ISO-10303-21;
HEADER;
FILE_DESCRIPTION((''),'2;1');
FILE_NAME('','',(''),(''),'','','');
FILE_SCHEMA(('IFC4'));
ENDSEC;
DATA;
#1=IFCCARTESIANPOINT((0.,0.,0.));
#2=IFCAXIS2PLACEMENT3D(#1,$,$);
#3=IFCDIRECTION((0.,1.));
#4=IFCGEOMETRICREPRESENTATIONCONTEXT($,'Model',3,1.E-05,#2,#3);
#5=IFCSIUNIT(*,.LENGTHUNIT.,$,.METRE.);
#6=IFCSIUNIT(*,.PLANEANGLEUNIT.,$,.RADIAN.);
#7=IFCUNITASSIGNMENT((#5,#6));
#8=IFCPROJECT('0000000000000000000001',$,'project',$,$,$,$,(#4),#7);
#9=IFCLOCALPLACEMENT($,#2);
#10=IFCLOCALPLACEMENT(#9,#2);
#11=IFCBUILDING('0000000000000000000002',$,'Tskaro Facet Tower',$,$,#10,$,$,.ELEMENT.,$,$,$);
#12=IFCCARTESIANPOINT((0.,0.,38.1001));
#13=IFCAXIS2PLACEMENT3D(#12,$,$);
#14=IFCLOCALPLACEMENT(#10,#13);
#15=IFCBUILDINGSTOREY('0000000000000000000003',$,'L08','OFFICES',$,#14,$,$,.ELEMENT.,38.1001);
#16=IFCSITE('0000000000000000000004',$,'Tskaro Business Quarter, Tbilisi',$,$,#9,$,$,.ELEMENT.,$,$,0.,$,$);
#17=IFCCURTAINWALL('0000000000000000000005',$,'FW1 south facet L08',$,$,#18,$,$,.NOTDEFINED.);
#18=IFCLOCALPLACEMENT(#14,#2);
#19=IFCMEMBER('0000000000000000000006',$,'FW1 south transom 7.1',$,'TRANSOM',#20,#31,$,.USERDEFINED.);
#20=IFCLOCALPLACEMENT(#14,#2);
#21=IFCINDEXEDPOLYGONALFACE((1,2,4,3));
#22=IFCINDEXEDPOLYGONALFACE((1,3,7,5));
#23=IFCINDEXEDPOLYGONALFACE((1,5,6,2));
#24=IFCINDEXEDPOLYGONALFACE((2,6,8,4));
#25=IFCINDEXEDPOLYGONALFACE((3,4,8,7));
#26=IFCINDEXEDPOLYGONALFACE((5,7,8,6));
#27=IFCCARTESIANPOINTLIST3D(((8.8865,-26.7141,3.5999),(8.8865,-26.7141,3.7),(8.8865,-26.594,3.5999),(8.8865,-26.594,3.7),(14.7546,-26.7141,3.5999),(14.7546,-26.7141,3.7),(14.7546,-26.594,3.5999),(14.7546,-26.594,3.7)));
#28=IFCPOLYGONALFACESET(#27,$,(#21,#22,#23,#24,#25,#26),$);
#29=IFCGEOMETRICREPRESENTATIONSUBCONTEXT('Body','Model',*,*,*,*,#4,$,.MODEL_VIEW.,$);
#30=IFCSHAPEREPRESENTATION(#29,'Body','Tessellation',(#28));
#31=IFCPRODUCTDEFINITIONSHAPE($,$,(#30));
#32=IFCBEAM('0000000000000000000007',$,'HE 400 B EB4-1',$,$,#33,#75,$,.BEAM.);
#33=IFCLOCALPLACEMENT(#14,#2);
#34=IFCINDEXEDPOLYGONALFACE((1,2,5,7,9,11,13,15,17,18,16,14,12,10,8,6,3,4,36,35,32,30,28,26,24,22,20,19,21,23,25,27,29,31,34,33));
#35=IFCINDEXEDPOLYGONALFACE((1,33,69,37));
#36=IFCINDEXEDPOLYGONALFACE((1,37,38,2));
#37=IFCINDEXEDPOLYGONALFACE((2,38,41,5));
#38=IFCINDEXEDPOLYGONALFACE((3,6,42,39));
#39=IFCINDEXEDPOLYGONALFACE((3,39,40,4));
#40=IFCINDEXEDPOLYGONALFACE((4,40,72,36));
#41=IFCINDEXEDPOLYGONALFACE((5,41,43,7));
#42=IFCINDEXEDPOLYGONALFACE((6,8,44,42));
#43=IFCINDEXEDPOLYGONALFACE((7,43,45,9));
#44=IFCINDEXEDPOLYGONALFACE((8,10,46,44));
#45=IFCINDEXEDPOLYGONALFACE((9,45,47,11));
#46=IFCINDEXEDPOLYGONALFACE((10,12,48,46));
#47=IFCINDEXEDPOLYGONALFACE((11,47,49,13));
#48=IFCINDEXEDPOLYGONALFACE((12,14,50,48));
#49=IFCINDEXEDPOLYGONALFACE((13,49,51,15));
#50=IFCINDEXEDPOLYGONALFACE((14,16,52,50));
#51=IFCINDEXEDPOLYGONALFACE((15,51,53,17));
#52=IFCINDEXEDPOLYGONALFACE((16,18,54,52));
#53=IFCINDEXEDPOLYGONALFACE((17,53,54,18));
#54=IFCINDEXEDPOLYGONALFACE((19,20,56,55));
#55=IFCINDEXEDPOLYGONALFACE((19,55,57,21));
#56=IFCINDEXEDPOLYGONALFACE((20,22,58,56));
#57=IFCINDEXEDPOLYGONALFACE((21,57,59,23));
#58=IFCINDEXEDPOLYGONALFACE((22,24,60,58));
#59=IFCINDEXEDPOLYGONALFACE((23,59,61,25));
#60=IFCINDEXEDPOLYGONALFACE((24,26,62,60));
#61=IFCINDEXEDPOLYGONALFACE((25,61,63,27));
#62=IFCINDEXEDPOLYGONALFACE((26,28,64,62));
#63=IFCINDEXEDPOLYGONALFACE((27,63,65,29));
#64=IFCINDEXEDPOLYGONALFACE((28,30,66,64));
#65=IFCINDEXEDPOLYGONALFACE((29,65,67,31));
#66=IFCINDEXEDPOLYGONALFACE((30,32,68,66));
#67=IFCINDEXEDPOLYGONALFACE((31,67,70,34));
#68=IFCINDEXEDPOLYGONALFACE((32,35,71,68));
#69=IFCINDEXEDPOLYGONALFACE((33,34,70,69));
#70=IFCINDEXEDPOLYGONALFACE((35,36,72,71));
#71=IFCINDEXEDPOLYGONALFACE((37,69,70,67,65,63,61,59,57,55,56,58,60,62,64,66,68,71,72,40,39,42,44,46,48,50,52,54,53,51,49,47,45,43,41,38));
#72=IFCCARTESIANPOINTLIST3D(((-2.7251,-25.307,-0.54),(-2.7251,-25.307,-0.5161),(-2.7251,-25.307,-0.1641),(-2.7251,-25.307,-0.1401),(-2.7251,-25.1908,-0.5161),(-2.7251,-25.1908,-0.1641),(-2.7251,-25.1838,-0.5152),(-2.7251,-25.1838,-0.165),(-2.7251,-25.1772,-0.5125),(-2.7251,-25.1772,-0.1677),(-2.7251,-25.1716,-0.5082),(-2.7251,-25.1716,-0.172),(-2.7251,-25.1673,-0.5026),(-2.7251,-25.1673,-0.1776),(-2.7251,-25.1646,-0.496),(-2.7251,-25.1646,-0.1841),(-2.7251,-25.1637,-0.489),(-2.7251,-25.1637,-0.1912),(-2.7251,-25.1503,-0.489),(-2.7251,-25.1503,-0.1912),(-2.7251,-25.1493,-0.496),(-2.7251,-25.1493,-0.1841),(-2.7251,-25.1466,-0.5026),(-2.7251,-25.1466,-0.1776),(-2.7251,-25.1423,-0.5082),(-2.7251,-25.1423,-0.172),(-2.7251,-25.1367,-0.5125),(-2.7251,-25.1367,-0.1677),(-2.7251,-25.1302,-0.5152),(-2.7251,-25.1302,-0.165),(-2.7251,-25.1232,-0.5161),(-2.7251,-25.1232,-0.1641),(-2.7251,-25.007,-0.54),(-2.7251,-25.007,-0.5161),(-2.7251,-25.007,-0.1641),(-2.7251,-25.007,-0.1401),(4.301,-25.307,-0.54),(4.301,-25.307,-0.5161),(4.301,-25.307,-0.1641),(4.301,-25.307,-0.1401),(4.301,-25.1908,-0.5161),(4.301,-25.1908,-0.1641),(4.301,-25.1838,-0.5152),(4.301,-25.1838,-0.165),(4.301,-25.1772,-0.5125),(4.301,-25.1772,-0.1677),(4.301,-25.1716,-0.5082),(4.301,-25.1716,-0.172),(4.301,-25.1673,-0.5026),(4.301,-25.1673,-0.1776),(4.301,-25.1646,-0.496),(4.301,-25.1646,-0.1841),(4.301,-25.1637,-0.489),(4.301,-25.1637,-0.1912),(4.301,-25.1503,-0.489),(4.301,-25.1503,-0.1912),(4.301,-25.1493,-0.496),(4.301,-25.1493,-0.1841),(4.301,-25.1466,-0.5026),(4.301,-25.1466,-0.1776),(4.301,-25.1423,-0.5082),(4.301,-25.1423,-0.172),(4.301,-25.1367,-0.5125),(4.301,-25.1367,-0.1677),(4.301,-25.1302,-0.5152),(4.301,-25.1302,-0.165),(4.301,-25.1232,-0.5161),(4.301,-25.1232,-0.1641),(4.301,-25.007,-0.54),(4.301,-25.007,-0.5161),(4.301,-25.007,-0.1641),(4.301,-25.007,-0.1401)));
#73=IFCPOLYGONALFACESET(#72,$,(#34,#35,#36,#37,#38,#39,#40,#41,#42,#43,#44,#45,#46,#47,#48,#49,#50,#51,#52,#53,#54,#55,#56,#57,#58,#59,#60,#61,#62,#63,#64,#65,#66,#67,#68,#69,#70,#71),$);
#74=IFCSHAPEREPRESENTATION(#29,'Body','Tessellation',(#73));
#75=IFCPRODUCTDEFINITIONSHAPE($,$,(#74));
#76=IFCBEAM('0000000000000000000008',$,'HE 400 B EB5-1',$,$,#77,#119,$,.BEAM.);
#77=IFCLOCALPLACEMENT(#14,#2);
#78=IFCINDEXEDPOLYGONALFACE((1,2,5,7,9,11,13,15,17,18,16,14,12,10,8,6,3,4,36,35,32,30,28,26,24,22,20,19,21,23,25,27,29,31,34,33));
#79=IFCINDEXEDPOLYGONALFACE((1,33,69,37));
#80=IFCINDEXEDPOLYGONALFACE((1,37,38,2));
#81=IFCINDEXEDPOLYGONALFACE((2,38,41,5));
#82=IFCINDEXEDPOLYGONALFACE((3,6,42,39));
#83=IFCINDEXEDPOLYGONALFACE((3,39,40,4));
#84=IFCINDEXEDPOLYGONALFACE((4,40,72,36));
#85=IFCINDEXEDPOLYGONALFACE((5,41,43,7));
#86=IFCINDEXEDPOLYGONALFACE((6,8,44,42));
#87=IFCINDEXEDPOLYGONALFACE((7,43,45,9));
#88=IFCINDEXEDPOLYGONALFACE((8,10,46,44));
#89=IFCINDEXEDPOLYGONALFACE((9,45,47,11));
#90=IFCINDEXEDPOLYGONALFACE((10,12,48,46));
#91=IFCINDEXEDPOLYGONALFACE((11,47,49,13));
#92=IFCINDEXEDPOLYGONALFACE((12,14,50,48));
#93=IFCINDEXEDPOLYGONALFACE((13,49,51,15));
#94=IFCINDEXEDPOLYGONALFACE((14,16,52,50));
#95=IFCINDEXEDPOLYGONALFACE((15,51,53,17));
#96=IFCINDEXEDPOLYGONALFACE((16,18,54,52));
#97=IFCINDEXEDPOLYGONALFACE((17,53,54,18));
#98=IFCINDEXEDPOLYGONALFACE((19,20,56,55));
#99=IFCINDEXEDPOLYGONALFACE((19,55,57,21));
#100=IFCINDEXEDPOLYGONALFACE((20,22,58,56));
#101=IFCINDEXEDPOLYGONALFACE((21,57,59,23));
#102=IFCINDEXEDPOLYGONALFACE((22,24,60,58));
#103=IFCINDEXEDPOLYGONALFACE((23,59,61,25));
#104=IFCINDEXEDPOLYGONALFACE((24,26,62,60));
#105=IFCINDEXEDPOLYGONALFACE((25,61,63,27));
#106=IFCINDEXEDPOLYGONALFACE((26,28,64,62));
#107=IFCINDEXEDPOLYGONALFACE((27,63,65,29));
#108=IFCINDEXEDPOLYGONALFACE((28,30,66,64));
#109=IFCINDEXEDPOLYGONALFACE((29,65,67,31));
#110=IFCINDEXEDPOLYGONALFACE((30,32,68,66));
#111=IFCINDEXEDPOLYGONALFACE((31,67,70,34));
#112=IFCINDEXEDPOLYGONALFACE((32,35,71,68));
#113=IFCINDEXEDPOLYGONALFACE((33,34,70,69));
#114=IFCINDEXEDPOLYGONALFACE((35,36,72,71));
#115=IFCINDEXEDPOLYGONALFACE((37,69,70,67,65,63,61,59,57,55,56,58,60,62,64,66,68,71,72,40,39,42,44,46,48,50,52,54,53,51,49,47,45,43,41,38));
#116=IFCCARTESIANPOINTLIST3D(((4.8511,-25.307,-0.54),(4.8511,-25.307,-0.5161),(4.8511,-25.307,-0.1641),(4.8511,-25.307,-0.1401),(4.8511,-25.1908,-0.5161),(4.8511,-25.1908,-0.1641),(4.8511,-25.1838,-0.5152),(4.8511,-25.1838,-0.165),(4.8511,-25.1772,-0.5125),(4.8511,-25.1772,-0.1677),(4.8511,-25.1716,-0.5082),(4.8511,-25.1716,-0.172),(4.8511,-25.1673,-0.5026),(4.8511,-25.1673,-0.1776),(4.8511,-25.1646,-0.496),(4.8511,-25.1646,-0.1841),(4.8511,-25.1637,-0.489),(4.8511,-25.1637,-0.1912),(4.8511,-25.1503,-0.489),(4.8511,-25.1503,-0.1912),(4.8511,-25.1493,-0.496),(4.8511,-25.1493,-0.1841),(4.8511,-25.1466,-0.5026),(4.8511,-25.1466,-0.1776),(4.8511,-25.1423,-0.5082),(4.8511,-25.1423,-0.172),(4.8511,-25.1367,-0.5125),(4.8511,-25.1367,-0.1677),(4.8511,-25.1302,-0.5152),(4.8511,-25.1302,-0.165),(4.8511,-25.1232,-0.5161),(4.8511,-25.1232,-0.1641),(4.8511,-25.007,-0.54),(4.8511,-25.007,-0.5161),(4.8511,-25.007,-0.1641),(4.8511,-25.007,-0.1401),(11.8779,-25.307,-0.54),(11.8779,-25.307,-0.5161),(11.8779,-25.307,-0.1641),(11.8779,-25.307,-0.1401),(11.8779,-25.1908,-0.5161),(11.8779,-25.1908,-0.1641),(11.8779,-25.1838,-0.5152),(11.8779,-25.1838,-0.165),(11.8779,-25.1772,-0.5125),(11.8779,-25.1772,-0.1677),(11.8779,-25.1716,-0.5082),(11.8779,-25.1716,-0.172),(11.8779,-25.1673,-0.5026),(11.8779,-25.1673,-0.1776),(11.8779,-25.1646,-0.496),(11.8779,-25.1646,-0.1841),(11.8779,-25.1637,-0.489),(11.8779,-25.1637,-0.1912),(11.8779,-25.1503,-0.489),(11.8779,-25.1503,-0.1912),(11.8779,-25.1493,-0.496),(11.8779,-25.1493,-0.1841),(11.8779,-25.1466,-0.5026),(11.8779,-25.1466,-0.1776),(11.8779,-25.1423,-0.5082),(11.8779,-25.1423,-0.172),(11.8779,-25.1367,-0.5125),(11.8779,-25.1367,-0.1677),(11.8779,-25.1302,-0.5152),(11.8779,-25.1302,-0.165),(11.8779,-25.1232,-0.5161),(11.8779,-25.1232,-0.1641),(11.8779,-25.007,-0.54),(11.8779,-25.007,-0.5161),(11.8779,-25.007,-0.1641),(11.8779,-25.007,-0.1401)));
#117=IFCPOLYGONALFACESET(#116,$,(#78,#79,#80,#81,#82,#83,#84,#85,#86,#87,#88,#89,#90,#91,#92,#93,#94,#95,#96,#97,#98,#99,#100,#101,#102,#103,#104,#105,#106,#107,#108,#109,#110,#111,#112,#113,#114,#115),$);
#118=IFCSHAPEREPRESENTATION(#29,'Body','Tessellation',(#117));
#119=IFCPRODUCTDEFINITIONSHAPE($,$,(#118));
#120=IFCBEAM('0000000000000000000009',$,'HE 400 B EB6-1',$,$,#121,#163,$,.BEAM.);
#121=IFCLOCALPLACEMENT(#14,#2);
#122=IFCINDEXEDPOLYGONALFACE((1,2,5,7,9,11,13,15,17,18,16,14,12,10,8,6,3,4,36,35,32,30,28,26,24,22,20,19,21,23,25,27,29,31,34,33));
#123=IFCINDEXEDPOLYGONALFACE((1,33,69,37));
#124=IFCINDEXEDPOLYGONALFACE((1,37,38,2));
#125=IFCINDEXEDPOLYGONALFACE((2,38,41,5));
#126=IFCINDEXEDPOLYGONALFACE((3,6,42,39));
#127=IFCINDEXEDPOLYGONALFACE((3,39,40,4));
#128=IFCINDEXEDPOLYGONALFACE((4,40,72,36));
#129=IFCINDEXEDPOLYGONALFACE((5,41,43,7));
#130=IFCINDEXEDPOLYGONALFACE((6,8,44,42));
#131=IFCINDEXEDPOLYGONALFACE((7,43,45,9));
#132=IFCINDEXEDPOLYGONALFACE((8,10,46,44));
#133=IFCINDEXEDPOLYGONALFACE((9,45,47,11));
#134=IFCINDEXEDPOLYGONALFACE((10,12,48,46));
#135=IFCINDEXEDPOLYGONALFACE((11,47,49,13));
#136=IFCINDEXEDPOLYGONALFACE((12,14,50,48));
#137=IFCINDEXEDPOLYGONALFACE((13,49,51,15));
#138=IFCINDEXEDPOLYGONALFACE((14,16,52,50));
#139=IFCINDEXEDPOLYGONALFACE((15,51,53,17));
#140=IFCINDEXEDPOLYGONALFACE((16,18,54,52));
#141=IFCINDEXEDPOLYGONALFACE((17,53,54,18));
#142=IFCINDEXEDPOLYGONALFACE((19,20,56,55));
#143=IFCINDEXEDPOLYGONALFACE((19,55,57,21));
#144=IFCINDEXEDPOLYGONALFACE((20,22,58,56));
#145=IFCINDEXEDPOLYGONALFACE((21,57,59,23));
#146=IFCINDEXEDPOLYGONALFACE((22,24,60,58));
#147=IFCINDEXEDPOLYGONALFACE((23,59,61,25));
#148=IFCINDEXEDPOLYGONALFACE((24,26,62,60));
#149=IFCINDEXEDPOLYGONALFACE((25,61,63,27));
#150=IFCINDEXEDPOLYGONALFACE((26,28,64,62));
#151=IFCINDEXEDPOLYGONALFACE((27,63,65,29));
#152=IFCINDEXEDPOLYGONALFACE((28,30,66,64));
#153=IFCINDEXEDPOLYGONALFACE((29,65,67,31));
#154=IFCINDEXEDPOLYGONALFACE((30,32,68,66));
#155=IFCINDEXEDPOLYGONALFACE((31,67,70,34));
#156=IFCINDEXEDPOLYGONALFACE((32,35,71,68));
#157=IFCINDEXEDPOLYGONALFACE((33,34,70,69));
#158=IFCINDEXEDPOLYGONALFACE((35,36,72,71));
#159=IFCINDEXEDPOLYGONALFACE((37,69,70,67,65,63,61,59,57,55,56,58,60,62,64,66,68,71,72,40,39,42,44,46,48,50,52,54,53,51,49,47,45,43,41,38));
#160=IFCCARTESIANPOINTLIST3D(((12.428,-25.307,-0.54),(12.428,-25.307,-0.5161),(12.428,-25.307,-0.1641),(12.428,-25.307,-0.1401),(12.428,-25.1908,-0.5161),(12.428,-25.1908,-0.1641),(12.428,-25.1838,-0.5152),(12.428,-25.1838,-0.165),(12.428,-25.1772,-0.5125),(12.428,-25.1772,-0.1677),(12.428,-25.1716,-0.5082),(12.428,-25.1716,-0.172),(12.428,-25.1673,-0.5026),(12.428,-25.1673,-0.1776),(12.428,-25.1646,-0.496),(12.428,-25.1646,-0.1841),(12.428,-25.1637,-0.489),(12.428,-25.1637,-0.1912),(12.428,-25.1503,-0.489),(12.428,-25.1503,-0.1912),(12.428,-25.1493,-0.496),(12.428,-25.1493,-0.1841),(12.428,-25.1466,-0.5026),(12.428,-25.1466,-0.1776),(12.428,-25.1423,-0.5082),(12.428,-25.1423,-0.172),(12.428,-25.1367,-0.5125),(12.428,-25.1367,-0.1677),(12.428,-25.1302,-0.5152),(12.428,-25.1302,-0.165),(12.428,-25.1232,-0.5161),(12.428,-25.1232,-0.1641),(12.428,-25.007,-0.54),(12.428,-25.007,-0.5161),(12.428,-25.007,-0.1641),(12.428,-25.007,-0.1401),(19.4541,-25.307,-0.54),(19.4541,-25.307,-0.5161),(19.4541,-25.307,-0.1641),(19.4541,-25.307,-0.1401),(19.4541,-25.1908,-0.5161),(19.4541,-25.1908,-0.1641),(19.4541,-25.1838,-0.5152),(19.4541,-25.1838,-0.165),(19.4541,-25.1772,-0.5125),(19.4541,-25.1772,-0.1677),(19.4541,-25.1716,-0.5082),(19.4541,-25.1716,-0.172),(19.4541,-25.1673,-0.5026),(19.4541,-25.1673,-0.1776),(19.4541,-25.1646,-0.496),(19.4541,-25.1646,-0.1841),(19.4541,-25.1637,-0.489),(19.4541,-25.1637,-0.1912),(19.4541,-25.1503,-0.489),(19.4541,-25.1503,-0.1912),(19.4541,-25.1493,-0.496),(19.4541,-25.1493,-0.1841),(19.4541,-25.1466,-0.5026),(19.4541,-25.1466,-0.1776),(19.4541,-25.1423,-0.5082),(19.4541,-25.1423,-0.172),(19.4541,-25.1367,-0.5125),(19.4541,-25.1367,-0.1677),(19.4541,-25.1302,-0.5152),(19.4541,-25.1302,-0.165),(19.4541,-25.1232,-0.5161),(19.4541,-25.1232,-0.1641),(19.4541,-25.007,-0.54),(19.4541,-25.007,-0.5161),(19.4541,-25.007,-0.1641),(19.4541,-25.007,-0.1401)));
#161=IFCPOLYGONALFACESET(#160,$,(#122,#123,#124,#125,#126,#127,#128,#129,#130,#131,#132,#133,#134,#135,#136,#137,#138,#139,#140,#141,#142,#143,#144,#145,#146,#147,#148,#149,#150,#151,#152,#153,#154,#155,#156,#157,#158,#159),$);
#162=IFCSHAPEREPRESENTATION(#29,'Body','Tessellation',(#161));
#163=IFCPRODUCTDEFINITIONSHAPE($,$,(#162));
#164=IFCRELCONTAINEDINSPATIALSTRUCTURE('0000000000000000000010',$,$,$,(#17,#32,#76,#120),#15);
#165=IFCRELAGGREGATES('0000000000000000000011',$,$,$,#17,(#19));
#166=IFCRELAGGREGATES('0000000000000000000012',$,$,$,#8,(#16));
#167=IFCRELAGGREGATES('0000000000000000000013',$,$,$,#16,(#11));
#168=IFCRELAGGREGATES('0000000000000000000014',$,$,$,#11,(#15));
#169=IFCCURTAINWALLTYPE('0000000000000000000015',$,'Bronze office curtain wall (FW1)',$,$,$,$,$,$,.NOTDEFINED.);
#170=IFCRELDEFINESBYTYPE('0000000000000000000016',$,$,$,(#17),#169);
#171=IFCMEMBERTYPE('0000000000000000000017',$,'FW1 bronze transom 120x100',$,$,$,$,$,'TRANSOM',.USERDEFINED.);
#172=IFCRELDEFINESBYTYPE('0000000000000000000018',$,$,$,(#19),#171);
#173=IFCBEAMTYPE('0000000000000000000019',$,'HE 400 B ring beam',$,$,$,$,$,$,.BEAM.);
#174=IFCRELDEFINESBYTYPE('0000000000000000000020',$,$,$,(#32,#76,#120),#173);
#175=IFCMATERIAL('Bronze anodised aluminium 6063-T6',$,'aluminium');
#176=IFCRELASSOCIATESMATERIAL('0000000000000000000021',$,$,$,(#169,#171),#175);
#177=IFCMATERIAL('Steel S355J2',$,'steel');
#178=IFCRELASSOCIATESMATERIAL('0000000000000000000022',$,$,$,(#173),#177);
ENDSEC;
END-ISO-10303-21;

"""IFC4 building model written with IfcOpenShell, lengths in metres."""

from ifc_helpers import new_model, si_unit, direction, frame, origin, origin_2d, place, context, subcontext, project, spatial, rectangle, i_section, extrude, material, material_profile, profile_set, type_object, element, aggregate, save


model = new_model("IFC4")

# Units and contexts
model_context = context("Model", 3, precision=1e-05, world=origin(), true_north=direction((0.0, 1.0)))
body_context = subcontext(model_context, "Body", "Model", "MODEL_VIEW")
ifc_project = project(units=[si_unit("LENGTHUNIT", "METRE"), si_unit("PLANEANGLEUNIT", "RADIAN")], contexts=[model_context])

# Site, building, storey
site_placement = place(None, origin())
site = spatial("IfcSite", under=ifc_project, at=site_placement, Name="Tskaro Business Quarter, Tbilisi", CompositionType="ELEMENT", RefElevation=0.0)
building_placement = place(site_placement, origin())
building = spatial("IfcBuilding", under=site, at=building_placement, Name="Tskaro Facet Tower", CompositionType="ELEMENT")
storey_placement = place(building_placement, frame((0.0, 0.0, 38.1001)))
storey = spatial("IfcBuildingStorey", under=building, at=storey_placement, Name="L08", Description="OFFICES", CompositionType="ELEMENT", Elevation=38.1001)

# Curtain wall, member
ifc_material_1 = material(Name="Bronze anodised aluminium 6063-T6", Category="aluminium")
curtain_wall_type = type_object("IfcCurtainWallType", Name="Bronze office curtain wall (FW1)", PredefinedType="NOTDEFINED", material=ifc_material_1)
curtain_wall_placement = place(storey_placement, origin())
curtain_wall = element("IfcCurtainWall", 1, at=curtain_wall_placement, inside=storey, type_object=curtain_wall_type, Name="FW1 south facet L08", PredefinedType="NOTDEFINED")
ifc_material_profile_1 = material_profile(ifc_material_1, rectangle(XDim=0.1201, YDim=0.1001, at=origin_2d()), Name="Transom 120x100")
ifc_profile_set_1 = profile_set([ifc_material_profile_1], Name="Bronze anodised aluminium 6063-T6")
member_type_1 = type_object("IfcMemberType", Name="FW1 bronze transom 120x100", ElementType="TRANSOM", PredefinedType="USERDEFINED", material=ifc_profile_set_1)
member_1_placement = place(storey_placement, frame((8.8865, -26.6541, 3.6499), z_axis=(1.0, 0.0, 0.0), x_axis=(0.0, 1.0, 0.0)))
member_1 = element("IfcMember", 2, at=member_1_placement, type_object=member_type_1, Name="FW1 south transom 7.1", ObjectType="TRANSOM", PredefinedType="USERDEFINED", context=body_context, shape_type="SweptSolid", body=[
    extrude(rectangle(XDim=0.1201, YDim=0.1001, at=origin_2d()), origin(), (0.0, 0.0, 1.0), 5.8682),
])

# Beams
ifc_material_2 = material(Name="Steel S355J2", Category="steel")
ifc_material_profile_2 = material_profile(ifc_material_2, i_section(OverallWidth=0.3, OverallDepth=0.3999, WebThickness=0.0134, FlangeThickness=0.0239, FilletRadius=0.0271, at=origin_2d()), Name="HE 400 B")
ifc_profile_set_2 = profile_set([ifc_material_profile_2], Name="Steel S355J2")
beam_type_1 = type_object("IfcBeamType", Name="HE 400 B ring beam", PredefinedType="BEAM", material=ifc_profile_set_2)
beam_1_placement = place(storey_placement, frame((-2.7251, -25.157, -0.3401), z_axis=(1.0, 0.0, 0.0), x_axis=(0.0, 1.0, 0.0)))
element("IfcBeam", 3, at=beam_1_placement, inside=storey, type_object=beam_type_1, Name="HE 400 B EB4-1", PredefinedType="BEAM", context=body_context, shape_type="SweptSolid", body=[
    extrude(i_section(OverallWidth=0.3, OverallDepth=0.3999, WebThickness=0.0134, FlangeThickness=0.0239, FilletRadius=0.0271, at=origin_2d()), origin(), (0.0, 0.0, 1.0), 7.0261),
])
beam_2_placement = place(storey_placement, frame((4.8511, -25.157, -0.3401), z_axis=(1.0, 0.0, 0.0), x_axis=(0.0, 1.0, 0.0)))
element("IfcBeam", 4, at=beam_2_placement, inside=storey, type_object=beam_type_1, Name="HE 400 B EB5-1", PredefinedType="BEAM", context=body_context, shape_type="SweptSolid", body=[
    extrude(i_section(OverallWidth=0.3, OverallDepth=0.3999, WebThickness=0.0134, FlangeThickness=0.0239, FilletRadius=0.0271, at=origin_2d()), origin(), (0.0, 0.0, 1.0), 7.0269),
])
beam_3_placement = place(storey_placement, frame((12.428, -25.157, -0.3401), z_axis=(1.0, 0.0, 0.0), x_axis=(0.0, 1.0, 0.0)))
element("IfcBeam", 5, at=beam_3_placement, inside=storey, type_object=beam_type_1, Name="HE 400 B EB6-1", PredefinedType="BEAM", context=body_context, shape_type="SweptSolid", body=[
    extrude(i_section(OverallWidth=0.3, OverallDepth=0.3999, WebThickness=0.0134, FlangeThickness=0.0239, FilletRadius=0.0271, at=origin_2d()), origin(), (0.0, 0.0, 1.0), 7.0261),
])

aggregate(curtain_wall, [member_1])

save(model, "model.ifc")
